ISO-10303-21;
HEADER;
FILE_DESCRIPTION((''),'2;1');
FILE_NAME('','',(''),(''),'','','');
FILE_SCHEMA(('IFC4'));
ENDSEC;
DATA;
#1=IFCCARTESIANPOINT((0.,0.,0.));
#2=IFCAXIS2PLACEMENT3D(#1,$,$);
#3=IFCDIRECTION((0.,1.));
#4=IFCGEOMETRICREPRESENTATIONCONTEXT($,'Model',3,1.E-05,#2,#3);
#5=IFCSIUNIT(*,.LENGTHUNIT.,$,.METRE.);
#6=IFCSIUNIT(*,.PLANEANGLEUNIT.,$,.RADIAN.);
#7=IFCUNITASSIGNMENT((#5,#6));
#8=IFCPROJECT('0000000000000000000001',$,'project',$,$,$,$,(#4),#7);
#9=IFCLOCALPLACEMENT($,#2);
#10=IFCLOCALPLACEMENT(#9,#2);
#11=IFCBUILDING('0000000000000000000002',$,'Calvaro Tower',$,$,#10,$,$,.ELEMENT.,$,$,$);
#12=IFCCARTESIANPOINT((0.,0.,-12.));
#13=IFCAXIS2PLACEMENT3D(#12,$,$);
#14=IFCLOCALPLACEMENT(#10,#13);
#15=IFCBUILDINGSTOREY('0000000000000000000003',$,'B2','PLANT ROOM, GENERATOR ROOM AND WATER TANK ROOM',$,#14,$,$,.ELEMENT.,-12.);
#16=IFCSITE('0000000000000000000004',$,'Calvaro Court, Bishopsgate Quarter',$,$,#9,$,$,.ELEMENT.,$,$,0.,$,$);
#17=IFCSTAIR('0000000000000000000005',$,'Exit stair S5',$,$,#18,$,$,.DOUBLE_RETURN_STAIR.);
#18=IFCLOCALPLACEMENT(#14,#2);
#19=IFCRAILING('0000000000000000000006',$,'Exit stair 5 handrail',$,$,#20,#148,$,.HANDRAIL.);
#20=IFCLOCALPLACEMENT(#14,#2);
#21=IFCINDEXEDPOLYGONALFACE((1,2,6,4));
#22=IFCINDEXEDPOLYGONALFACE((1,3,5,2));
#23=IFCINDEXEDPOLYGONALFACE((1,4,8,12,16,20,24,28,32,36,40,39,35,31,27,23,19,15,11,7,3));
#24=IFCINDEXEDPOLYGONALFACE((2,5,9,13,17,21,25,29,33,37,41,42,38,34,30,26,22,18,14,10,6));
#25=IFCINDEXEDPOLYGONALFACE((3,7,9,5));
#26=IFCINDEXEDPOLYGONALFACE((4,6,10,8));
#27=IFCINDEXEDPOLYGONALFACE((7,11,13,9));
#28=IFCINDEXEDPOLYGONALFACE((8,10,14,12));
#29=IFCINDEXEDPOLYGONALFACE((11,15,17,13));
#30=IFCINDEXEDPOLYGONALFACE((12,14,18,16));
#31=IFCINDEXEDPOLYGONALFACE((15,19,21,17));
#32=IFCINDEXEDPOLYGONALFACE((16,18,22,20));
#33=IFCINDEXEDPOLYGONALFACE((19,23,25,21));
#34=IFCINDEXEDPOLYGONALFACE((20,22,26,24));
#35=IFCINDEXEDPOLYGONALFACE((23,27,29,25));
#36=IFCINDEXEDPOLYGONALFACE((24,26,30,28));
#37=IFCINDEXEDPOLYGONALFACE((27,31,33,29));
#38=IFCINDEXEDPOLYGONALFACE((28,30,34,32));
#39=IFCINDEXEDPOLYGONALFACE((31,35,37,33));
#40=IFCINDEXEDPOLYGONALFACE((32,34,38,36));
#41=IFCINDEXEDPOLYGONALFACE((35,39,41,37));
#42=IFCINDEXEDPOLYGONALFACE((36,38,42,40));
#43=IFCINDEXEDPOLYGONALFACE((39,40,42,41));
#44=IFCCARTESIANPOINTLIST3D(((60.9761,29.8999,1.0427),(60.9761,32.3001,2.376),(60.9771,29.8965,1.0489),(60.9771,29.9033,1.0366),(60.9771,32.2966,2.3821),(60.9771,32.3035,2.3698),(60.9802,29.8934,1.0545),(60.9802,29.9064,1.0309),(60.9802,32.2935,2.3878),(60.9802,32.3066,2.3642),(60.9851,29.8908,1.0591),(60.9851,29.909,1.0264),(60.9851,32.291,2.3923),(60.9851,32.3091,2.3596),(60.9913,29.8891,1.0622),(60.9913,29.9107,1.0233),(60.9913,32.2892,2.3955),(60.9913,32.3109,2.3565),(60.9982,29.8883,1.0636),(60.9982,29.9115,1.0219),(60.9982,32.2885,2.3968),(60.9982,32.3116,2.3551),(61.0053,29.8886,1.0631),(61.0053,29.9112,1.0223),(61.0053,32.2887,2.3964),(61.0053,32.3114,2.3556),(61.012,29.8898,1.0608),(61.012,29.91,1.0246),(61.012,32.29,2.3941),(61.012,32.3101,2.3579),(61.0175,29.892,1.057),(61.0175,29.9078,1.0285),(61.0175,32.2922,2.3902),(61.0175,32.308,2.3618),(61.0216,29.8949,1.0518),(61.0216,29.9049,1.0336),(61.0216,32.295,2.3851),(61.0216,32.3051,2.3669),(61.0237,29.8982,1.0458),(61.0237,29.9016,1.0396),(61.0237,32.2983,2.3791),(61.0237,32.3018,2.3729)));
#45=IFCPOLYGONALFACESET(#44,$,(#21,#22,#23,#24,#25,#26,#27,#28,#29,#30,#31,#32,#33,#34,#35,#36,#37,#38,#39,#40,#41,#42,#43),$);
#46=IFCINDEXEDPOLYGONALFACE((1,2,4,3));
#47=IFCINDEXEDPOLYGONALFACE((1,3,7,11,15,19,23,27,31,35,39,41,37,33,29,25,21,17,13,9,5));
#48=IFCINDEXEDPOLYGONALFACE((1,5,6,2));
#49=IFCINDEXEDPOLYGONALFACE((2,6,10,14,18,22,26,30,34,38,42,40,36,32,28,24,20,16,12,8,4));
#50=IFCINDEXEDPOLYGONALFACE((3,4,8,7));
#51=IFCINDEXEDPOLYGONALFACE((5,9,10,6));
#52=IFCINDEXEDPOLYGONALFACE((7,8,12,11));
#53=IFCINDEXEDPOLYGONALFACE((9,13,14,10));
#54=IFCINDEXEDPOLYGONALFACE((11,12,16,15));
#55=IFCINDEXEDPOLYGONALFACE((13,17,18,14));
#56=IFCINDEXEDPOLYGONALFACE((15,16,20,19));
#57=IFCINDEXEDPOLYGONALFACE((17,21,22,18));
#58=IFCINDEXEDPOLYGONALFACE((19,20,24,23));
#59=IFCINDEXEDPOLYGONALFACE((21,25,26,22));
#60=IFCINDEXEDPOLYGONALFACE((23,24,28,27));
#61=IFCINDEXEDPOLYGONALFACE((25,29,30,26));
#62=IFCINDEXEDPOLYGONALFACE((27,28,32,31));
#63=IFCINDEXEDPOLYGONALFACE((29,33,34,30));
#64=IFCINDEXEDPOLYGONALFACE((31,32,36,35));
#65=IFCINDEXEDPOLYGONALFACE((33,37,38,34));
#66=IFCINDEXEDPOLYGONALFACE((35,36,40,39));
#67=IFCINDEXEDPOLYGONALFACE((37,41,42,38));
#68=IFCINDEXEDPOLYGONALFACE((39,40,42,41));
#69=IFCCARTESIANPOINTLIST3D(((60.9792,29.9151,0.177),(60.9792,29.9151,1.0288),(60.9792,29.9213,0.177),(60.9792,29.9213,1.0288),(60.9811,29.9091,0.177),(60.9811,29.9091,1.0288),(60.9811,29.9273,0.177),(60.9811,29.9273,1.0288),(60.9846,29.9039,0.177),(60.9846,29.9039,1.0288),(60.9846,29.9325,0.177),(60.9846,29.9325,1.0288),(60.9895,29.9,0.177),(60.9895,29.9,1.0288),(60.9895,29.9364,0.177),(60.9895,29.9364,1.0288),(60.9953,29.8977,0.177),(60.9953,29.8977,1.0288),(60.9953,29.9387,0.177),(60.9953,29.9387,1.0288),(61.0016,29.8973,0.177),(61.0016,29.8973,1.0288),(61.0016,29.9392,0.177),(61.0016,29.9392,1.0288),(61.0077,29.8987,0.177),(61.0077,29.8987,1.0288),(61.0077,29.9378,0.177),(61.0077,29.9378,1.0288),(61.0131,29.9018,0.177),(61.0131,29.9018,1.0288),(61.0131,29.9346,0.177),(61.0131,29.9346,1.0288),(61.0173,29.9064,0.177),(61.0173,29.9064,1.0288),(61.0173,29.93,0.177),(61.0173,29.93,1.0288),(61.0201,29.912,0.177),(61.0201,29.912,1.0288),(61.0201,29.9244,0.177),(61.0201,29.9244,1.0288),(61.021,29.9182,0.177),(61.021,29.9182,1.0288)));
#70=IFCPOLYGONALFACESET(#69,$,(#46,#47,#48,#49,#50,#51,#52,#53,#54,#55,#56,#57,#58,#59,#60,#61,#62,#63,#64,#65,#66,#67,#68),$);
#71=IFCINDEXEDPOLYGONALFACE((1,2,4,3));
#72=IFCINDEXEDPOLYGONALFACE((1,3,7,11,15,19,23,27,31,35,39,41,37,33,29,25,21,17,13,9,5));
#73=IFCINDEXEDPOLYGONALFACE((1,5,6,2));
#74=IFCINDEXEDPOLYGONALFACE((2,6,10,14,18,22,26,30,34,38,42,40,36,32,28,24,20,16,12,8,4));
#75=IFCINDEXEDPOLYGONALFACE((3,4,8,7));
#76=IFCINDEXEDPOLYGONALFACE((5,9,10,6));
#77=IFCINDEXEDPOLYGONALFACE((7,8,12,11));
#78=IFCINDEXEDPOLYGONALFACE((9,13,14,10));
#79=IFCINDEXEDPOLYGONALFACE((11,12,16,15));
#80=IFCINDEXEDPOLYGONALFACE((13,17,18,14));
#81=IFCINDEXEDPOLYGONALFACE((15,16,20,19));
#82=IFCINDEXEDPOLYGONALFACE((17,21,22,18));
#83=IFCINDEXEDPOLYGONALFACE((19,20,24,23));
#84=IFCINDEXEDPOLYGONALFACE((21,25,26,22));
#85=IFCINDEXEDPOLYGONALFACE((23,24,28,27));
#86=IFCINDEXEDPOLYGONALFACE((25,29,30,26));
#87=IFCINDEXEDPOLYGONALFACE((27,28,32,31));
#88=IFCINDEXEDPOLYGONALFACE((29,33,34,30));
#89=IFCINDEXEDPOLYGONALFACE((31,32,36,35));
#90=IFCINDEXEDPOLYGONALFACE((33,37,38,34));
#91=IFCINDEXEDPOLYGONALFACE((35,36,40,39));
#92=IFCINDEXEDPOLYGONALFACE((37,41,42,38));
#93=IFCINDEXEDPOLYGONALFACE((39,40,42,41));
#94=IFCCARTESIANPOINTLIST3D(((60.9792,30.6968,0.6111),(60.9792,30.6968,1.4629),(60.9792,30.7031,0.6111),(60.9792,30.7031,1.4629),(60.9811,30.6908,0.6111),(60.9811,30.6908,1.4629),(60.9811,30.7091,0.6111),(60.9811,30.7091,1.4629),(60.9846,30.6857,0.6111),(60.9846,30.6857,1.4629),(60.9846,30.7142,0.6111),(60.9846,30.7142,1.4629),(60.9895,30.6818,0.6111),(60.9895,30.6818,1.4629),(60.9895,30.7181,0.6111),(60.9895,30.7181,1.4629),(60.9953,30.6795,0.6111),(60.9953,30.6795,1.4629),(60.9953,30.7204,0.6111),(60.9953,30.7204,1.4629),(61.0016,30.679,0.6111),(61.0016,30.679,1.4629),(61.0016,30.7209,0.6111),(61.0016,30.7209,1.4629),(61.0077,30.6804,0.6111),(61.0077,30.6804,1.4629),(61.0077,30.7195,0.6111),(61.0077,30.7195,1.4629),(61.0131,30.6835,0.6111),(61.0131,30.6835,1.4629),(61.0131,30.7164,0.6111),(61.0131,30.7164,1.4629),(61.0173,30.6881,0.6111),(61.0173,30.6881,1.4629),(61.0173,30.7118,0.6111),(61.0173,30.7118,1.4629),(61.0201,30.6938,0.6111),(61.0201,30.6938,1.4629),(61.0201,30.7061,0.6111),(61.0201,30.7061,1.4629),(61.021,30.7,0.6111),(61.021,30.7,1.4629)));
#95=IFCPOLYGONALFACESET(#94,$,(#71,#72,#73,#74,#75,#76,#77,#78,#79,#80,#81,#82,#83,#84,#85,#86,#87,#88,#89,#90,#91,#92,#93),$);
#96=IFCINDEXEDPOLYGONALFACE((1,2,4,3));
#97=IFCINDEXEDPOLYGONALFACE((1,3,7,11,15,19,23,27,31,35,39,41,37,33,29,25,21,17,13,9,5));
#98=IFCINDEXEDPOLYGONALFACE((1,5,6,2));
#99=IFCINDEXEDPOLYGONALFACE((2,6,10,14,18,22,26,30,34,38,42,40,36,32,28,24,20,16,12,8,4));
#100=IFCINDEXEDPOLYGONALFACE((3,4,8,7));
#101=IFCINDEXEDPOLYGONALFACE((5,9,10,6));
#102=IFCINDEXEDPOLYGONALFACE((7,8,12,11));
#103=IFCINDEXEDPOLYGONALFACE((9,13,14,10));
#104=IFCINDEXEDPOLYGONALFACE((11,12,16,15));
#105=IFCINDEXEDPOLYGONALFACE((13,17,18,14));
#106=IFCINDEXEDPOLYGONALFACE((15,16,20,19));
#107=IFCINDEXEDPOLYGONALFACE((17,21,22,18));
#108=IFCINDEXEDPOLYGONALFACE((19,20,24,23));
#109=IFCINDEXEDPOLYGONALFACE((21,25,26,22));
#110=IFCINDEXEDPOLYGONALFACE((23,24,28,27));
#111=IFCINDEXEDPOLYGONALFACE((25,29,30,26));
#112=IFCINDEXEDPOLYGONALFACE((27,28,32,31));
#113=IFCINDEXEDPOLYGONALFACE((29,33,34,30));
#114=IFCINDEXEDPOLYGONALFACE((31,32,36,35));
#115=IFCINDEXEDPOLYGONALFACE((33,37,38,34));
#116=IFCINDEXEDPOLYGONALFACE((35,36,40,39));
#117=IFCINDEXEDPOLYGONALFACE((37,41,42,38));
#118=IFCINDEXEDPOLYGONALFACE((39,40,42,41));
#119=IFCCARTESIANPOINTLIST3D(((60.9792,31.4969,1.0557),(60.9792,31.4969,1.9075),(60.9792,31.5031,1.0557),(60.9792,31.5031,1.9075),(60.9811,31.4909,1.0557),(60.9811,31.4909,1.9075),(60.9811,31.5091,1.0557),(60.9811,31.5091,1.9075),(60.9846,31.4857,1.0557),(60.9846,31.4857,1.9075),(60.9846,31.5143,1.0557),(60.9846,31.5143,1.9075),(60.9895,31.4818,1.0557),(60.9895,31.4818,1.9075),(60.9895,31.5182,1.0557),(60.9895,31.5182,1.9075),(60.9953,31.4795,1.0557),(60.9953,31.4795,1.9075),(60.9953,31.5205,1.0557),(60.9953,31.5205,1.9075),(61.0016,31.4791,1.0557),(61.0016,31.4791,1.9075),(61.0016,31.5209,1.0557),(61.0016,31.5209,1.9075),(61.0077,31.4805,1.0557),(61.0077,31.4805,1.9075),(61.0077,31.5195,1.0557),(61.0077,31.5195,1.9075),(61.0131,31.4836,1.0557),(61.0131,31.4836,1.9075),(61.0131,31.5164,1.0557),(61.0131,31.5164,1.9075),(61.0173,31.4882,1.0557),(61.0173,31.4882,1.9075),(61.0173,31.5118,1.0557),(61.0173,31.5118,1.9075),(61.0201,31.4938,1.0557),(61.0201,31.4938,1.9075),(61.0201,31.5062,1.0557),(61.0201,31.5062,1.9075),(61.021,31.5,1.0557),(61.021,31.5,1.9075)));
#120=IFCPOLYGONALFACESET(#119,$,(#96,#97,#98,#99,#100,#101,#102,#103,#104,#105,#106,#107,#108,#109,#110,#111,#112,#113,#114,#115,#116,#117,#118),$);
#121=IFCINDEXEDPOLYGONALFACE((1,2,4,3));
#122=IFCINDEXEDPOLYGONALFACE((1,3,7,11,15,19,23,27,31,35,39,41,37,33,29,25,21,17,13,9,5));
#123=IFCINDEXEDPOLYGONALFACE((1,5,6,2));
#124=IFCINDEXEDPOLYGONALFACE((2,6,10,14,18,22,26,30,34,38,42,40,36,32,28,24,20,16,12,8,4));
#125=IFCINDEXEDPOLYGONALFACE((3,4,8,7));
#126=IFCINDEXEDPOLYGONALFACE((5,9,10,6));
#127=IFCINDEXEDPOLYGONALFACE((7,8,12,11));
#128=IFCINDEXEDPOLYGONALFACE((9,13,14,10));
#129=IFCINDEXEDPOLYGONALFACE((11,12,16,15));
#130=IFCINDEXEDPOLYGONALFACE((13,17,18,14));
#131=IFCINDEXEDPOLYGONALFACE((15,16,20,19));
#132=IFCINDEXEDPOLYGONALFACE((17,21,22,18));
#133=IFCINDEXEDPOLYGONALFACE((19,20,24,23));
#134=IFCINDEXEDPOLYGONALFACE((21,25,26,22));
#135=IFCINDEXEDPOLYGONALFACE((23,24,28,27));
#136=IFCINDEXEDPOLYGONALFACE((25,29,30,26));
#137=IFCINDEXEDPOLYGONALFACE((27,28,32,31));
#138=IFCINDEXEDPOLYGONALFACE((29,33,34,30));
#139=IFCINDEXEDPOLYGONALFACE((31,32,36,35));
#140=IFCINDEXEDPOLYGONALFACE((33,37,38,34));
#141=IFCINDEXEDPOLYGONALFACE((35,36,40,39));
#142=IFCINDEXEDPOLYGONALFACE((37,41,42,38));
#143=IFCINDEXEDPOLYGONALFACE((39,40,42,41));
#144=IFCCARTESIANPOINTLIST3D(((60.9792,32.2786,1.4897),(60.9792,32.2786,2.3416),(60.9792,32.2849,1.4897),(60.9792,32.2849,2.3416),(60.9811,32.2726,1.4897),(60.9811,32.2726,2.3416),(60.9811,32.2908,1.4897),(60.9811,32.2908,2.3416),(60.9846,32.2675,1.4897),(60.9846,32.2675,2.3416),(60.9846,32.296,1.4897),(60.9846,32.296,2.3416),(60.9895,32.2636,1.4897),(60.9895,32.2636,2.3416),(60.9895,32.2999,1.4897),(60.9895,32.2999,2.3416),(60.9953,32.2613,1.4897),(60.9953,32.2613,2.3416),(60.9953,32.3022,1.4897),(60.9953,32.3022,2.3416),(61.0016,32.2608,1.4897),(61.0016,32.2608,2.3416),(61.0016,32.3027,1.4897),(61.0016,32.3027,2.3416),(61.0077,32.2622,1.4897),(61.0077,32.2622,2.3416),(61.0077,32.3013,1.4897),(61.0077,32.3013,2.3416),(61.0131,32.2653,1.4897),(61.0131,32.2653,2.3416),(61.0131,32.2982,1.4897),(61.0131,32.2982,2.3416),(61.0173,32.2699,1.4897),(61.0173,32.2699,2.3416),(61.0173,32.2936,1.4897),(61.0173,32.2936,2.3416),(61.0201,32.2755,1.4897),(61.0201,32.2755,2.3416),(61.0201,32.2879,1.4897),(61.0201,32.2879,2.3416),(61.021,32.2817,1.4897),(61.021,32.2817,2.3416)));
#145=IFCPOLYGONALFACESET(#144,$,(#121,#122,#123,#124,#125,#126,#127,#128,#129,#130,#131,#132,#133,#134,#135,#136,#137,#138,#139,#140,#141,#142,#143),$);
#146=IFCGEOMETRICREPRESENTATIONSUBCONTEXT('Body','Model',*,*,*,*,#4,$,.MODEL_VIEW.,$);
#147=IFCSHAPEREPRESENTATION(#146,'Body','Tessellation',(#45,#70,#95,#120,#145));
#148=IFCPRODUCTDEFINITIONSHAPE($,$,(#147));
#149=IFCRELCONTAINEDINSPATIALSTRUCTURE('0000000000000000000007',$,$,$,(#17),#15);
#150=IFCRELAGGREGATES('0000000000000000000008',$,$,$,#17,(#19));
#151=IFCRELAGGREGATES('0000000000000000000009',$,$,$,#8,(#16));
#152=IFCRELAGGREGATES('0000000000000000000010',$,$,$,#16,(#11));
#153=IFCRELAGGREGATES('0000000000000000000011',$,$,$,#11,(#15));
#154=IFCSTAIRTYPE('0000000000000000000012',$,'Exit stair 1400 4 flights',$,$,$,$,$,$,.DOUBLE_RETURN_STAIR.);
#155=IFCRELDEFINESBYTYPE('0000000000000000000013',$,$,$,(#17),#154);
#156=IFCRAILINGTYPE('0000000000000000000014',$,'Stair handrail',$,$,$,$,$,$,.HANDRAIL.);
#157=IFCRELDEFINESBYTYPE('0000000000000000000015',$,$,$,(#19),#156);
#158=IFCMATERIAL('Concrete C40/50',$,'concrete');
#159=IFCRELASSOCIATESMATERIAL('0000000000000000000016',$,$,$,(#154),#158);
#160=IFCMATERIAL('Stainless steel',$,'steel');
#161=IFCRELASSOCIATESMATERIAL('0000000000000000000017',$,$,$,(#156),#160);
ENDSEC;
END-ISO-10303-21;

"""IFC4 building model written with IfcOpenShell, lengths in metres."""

from ifc_helpers import new_model, si_unit, direction, frame, origin, origin_2d, place, context, subcontext, project, spatial, circle, extrude, material, type_object, element, aggregate, save


model = new_model("IFC4")

# Units and contexts
model_context = context("Model", 3, precision=1e-05, world=origin(), true_north=direction((0.0, 1.0)))
body_context = subcontext(model_context, "Body", "Model", "MODEL_VIEW")
ifc_project = project(units=[si_unit("LENGTHUNIT", "METRE"), si_unit("PLANEANGLEUNIT", "RADIAN")], contexts=[model_context])

# Site, building, storey
site_placement = place(None, origin())
site = spatial("IfcSite", under=ifc_project, at=site_placement, Name="Calvaro Court, Bishopsgate Quarter", CompositionType="ELEMENT", RefElevation=0.0)
building_placement = place(site_placement, origin())
building = spatial("IfcBuilding", under=site, at=building_placement, Name="Calvaro Tower", CompositionType="ELEMENT")
storey_placement = place(building_placement, frame((0.0, 0.0, -12.0)))
storey = spatial("IfcBuildingStorey", under=building, at=storey_placement, Name="B2", Description="PLANT ROOM, GENERATOR ROOM AND WATER TANK ROOM", CompositionType="ELEMENT", Elevation=-12.0)

# Stair
ifc_material_1 = material(Name="Concrete C40/50", Category="concrete")
stair_type = type_object("IfcStairType", Name="Exit stair 1400 4 flights", PredefinedType="DOUBLE_RETURN_STAIR", material=ifc_material_1)
stair_1_placement = place(storey_placement, origin())
stair_1 = element("IfcStair", 1, at=stair_1_placement, inside=storey, type_object=stair_type, Name="Exit stair S5", PredefinedType="DOUBLE_RETURN_STAIR")

# Shared definitions
ifc_material_2 = material(Name="Stainless steel", Category="steel")
railing_type = type_object("IfcRailingType", Name="Stair handrail", PredefinedType="HANDRAIL", material=ifc_material_2)

# Railing
railing_1_placement = place(storey_placement, frame((61.0, 29.8999, 0.1667)))
railing_1 = element("IfcRailing", 2, at=railing_1_placement, type_object=railing_type, Name="Exit stair 5 handrail", PredefinedType="HANDRAIL", context=body_context, shape_type="SweptSolid", body=[
    extrude(circle(Radius=0.0239, at=origin_2d()), frame((0.0, 0.0, 0.876), z_axis=(0.0, 0.874182, 0.485598), x_axis=(-1.0, 0.0, 0.0)), (0.0, 0.0, 1.0), 2.7456),
    extrude(circle(Radius=0.021, at=origin_2d()), frame((0.0, 0.0183, 0.0103)), (0.0, 0.0, 1.0), 0.8518),
    extrude(circle(Radius=0.021, at=origin_2d()), frame((0.0, 0.8, 0.4443)), (0.0, 0.0, 1.0), 0.8518),
    extrude(circle(Radius=0.021, at=origin_2d()), frame((0.0, 1.6001, 0.8889)), (0.0, 0.0, 1.0), 0.8518),
    extrude(circle(Radius=0.021, at=origin_2d()), frame((0.0, 2.3818, 1.323)), (0.0, 0.0, 1.0), 0.8518),
])
aggregate(stair_1, [railing_1])

save(model, "model.ifc")
